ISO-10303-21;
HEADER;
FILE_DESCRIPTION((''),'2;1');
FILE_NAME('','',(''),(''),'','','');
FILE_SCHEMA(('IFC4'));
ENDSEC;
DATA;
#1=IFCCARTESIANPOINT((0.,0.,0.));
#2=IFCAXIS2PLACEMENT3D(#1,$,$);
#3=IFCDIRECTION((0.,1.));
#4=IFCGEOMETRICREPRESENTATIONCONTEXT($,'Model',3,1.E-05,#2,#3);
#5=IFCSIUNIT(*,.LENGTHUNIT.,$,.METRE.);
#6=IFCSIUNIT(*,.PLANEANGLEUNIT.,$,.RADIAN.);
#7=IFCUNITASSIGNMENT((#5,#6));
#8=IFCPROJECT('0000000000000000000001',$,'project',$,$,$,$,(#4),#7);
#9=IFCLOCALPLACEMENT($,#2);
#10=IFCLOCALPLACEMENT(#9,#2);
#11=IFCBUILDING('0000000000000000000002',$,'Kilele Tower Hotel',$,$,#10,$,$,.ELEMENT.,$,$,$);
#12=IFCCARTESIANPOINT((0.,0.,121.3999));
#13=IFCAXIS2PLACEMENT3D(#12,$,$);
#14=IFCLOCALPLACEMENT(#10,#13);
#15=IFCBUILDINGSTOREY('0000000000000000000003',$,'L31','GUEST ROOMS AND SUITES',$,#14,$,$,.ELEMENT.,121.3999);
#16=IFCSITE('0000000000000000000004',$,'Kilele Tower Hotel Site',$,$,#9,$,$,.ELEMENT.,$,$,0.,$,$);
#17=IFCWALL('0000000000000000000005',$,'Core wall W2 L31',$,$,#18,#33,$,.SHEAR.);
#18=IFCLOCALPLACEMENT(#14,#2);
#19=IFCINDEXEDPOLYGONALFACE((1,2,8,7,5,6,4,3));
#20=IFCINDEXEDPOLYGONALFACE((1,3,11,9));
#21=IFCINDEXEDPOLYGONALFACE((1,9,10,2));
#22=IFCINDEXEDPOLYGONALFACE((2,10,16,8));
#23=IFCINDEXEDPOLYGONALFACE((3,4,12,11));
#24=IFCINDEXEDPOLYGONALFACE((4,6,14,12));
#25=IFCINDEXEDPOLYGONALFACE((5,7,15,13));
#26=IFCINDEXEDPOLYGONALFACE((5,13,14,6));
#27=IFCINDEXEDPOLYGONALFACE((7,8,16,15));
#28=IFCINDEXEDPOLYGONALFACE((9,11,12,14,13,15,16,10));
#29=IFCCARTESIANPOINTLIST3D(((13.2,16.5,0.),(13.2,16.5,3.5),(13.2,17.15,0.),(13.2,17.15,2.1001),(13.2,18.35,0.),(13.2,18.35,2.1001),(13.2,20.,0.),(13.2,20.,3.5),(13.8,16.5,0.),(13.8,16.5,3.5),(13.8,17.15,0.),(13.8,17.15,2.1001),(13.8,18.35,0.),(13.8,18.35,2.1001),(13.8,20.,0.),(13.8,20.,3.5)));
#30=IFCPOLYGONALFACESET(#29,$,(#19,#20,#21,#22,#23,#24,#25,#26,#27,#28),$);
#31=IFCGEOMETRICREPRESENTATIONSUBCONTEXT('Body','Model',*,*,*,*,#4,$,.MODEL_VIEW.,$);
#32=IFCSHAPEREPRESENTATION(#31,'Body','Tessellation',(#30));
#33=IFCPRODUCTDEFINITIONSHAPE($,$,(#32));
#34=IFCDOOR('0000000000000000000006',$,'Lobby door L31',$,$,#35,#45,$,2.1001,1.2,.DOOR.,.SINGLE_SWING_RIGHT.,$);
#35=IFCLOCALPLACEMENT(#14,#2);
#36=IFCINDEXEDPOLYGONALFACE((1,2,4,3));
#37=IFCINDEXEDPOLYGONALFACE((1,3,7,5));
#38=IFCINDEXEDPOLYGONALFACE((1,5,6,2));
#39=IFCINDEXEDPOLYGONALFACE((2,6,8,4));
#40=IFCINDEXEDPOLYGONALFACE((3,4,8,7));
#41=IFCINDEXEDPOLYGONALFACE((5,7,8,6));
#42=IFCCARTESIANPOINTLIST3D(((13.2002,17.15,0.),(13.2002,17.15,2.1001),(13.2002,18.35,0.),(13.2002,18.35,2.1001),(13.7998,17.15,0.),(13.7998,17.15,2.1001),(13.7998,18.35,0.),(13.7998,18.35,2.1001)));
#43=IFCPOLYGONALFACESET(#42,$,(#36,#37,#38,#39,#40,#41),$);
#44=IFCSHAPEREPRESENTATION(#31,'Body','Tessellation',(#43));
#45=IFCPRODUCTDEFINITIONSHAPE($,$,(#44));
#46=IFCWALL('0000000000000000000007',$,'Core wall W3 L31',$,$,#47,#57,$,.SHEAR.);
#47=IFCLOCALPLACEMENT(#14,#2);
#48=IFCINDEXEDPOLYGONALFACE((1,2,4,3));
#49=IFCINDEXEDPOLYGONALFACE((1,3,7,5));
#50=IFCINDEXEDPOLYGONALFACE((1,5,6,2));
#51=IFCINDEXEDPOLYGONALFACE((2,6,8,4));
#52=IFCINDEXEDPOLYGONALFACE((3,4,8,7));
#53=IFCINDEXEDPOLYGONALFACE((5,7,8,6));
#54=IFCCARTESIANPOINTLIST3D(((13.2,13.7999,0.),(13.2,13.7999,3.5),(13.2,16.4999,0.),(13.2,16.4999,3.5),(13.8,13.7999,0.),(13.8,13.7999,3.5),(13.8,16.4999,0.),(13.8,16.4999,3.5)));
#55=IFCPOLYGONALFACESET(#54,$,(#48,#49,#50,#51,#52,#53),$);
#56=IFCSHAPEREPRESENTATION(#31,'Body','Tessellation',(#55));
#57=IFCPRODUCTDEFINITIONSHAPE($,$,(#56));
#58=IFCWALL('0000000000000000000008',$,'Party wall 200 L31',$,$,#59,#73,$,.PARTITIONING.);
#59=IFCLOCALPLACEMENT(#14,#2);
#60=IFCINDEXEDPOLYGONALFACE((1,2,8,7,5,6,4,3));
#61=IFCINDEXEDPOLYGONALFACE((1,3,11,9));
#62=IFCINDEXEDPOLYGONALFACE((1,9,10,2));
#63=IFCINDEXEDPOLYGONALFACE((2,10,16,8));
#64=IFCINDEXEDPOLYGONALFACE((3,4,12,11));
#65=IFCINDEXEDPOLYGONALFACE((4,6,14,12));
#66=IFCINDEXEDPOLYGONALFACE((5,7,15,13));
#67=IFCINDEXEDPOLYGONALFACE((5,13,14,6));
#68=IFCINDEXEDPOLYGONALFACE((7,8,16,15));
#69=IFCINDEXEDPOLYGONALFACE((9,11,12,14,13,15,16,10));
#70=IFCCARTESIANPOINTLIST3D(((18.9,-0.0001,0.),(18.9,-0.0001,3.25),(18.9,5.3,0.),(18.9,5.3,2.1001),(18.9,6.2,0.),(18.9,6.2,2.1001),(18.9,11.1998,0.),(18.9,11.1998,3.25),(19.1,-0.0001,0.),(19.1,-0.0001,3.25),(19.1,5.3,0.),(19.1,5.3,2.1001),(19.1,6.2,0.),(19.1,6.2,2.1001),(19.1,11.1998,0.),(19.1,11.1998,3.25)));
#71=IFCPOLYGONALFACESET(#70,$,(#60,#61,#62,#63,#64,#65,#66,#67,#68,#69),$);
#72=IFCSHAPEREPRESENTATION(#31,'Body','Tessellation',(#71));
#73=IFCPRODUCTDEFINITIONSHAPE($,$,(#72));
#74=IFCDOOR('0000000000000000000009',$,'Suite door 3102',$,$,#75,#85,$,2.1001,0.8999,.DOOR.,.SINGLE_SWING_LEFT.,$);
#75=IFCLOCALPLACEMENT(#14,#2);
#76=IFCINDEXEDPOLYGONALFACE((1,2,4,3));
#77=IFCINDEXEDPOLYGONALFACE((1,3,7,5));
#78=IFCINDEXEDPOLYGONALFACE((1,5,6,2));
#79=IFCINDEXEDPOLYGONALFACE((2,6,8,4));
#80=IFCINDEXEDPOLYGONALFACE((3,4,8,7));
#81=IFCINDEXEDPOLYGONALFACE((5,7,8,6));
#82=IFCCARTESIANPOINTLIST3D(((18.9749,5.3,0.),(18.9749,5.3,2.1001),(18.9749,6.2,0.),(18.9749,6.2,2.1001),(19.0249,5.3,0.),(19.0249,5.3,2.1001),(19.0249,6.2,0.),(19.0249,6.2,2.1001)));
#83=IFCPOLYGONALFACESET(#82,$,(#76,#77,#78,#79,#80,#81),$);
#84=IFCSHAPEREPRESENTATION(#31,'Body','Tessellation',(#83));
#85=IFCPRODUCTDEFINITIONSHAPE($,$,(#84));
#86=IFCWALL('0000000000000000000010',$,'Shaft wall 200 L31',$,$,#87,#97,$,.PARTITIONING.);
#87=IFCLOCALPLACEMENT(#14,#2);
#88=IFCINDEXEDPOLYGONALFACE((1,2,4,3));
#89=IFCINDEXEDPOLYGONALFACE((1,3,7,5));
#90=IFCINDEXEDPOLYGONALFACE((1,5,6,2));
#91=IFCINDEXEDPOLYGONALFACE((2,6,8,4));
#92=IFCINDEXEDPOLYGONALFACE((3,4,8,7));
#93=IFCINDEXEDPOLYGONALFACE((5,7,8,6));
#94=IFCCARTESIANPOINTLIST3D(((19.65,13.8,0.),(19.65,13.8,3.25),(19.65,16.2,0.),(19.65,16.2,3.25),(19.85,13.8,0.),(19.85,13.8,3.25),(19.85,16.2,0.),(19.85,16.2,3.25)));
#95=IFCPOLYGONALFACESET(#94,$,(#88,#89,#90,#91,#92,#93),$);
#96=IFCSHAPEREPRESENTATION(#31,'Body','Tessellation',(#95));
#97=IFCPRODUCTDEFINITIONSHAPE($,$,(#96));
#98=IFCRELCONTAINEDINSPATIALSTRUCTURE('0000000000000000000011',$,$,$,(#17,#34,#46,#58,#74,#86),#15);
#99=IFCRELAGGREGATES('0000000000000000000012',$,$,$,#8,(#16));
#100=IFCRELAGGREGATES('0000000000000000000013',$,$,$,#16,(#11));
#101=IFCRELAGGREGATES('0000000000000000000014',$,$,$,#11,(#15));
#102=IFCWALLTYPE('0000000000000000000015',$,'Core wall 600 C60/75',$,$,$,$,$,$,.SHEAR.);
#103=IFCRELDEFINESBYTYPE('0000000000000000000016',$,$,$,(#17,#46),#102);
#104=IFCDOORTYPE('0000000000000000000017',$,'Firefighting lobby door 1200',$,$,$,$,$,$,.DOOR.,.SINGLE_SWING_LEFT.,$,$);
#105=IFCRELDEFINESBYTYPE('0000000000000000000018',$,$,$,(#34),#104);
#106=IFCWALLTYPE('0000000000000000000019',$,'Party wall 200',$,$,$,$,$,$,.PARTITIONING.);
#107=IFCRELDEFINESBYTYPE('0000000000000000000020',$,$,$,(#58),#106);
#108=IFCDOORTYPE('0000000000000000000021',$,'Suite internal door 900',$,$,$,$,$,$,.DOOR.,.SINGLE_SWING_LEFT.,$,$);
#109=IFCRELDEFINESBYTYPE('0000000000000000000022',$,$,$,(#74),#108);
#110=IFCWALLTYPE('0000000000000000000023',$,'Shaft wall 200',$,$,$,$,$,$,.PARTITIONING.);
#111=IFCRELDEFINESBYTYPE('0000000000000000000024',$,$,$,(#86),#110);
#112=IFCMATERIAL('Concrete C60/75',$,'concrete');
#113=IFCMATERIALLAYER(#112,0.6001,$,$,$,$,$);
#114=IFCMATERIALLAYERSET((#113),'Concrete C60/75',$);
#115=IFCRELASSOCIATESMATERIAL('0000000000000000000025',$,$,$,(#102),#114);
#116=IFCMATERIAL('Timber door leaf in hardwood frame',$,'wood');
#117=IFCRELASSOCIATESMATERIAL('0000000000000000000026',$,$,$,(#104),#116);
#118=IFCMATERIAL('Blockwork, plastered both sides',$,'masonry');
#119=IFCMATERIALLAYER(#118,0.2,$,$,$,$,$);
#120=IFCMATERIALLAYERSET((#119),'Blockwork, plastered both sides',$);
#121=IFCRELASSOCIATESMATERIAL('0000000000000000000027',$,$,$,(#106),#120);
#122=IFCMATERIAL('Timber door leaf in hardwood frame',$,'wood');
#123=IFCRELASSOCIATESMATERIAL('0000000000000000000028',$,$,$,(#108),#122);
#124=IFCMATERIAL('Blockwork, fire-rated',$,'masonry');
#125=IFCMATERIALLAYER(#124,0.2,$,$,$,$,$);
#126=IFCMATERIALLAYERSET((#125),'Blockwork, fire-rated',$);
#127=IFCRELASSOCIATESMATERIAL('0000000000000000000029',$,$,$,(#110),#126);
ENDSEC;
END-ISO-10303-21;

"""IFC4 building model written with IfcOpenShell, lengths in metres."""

from ifc_helpers import new_model, si_unit, direction, frame, frame_2d, origin, place, context, subcontext, project, spatial, rectangle, extrude, material, layer, layer_set, type_object, element, fill, save


model = new_model("IFC4")

# Units and contexts
model_context = context("Model", 3, precision=1e-05, world=origin(), true_north=direction((0.0, 1.0)))
body_context = subcontext(model_context, "Body", "Model", "MODEL_VIEW")
ifc_project = project(units=[si_unit("LENGTHUNIT", "METRE"), si_unit("PLANEANGLEUNIT", "RADIAN")], contexts=[model_context])

# Site, building, storey
site_placement = place(None, origin())
site = spatial("IfcSite", under=ifc_project, at=site_placement, Name="Kilele Tower Hotel Site", CompositionType="ELEMENT", RefElevation=0.0)
building_placement = place(site_placement, origin())
building = spatial("IfcBuilding", under=site, at=building_placement, Name="Kilele Tower Hotel", CompositionType="ELEMENT")
storey_placement = place(building_placement, frame((0.0, 0.0, 121.3999)))
storey = spatial("IfcBuildingStorey", under=building, at=storey_placement, Name="L31", Description="GUEST ROOMS AND SUITES", CompositionType="ELEMENT", Elevation=121.3999)

# Shared definitions
ifc_material_1 = material(Name="Concrete C60/75", Category="concrete")
ifc_layer_1 = layer(ifc_material_1, 0.6001)
ifc_layer_set_1 = layer_set([ifc_layer_1], Name="Concrete C60/75")
wall_type_1 = type_object("IfcWallType", Name="Core wall 600 C60/75", PredefinedType="SHEAR", material=ifc_layer_set_1)
ifc_material_2 = material(Name="Timber door leaf in hardwood frame", Category="wood")
door_type_1 = type_object("IfcDoorType", Name="Firefighting lobby door 1200", OperationType="SINGLE_SWING_LEFT", PredefinedType="DOOR", material=ifc_material_2)

# Wall, opening, door
wall_1_placement = place(storey_placement, frame((13.5, 20.0, 0.0), z_axis=(0.0, 0.0, 1.0), x_axis=(0.0, -1.0, 0.0)))
wall_1 = element("IfcWall", 1, at=wall_1_placement, inside=storey, type_object=wall_type_1, Name="Core wall W2 L31", PredefinedType="SHEAR", context=body_context, shape_type="SweptSolid", body=[
    extrude(rectangle(XDim=3.5, YDim=0.6001, at=frame_2d((1.75, 0.0))), origin(), (0.0, 0.0, 1.0), 3.5),
])
opening_1_placement = place(wall_1_placement, frame((1.6499, 0.0, 0.0)))
opening_1 = element("IfcOpeningElement", 2, at=opening_1_placement, cuts=wall_1, PredefinedType="OPENING", context=body_context, shape_type="SweptSolid", body=[
    extrude(rectangle(XDim=1.2, YDim=2.1001, at=frame_2d((0.6001, 1.05))), frame((0.0, 0.3101, 0.0), z_axis=(0.0, -1.0, 0.0), x_axis=(1.0, 0.0, 0.0)), (0.0, 0.0, 1.0), 0.6201),
])
door_1_placement = place(opening_1_placement, origin())
door_1 = element("IfcDoor", 3, at=door_1_placement, inside=storey, type_object=door_type_1, Name="Lobby door L31", OperationType="SINGLE_SWING_RIGHT", OverallHeight=2.1001, OverallWidth=1.2, PredefinedType="DOOR", context=body_context, shape_type="SweptSolid", body=[
    extrude(rectangle(XDim=1.2, YDim=2.1001, at=frame_2d((0.6001, 1.05))), frame((0.0, 0.2998, 0.0), z_axis=(0.0, -1.0, 0.0), x_axis=(1.0, 0.0, 0.0)), (0.0, 0.0, 1.0), 0.5996),
])
fill(opening_1, door_1)

# Wall
wall_2_placement = place(storey_placement, frame((13.5, 16.5, 0.0), z_axis=(0.0, 0.0, 1.0), x_axis=(0.0, -1.0, 0.0)))
element("IfcWall", 4, at=wall_2_placement, inside=storey, type_object=wall_type_1, Name="Core wall W3 L31", PredefinedType="SHEAR", context=body_context, shape_type="SweptSolid", body=[
    extrude(rectangle(XDim=2.7, YDim=0.6001, at=frame_2d((1.3501, 0.0))), origin(), (0.0, 0.0, 1.0), 3.5),
])

# Wall, opening, door
ifc_material_3 = material(Name="Blockwork, plastered both sides", Category="masonry")
ifc_layer_2 = layer(ifc_material_3, 0.2)
ifc_layer_set_2 = layer_set([ifc_layer_2], Name="Blockwork, plastered both sides")
wall_type_2 = type_object("IfcWallType", Name="Party wall 200", PredefinedType="PARTITIONING", material=ifc_layer_set_2)
wall_3_placement = place(storey_placement, frame((19.0, 11.2, 0.0), z_axis=(0.0, 0.0, 1.0), x_axis=(0.0, -1.0, 0.0)))
wall_3 = element("IfcWall", 5, at=wall_3_placement, inside=storey, type_object=wall_type_2, Name="Party wall 200 L31", PredefinedType="PARTITIONING", context=body_context, shape_type="SweptSolid", body=[
    extrude(rectangle(XDim=11.2, YDim=0.2, at=frame_2d((5.6001, 0.0))), origin(), (0.0, 0.0, 1.0), 3.25),
])
opening_2_placement = place(wall_3_placement, frame((5.0, 0.0, 0.0)))
opening_2 = element("IfcOpeningElement", 6, at=opening_2_placement, cuts=wall_3, PredefinedType="OPENING", context=body_context, shape_type="SweptSolid", body=[
    extrude(rectangle(XDim=0.8999, YDim=2.1001, at=frame_2d((0.45, 1.05))), frame((0.0, 0.1099, 0.0), z_axis=(0.0, -1.0, 0.0), x_axis=(1.0, 0.0, 0.0)), (0.0, 0.0, 1.0), 0.22),
])
ifc_material_4 = material(Name="Timber door leaf in hardwood frame", Category="wood")
door_type_2 = type_object("IfcDoorType", Name="Suite internal door 900", OperationType="SINGLE_SWING_LEFT", PredefinedType="DOOR", material=ifc_material_4)
door_2_placement = place(opening_2_placement, origin())
door_2 = element("IfcDoor", 7, at=door_2_placement, inside=storey, type_object=door_type_2, Name="Suite door 3102", OperationType="SINGLE_SWING_LEFT", OverallHeight=2.1001, OverallWidth=0.8999, PredefinedType="DOOR", context=body_context, shape_type="SweptSolid", body=[
    extrude(rectangle(XDim=0.8999, YDim=2.1001, at=frame_2d((0.45, 1.05))), frame((0.0, 0.0249, 0.0), z_axis=(0.0, -1.0, 0.0), x_axis=(1.0, 0.0, 0.0)), (0.0, 0.0, 1.0), 0.05),
])
fill(opening_2, door_2)

# Wall
ifc_material_5 = material(Name="Blockwork, fire-rated", Category="masonry")
ifc_layer_3 = layer(ifc_material_5, 0.2)
ifc_layer_set_3 = layer_set([ifc_layer_3], Name="Blockwork, fire-rated")
wall_type_3 = type_object("IfcWallType", Name="Shaft wall 200", PredefinedType="PARTITIONING", material=ifc_layer_set_3)
wall_4_placement = place(storey_placement, frame((19.75, 13.8, 0.0), z_axis=(0.0, 0.0, 1.0), x_axis=(0.0, 1.0, 0.0)))
element("IfcWall", 8, at=wall_4_placement, inside=storey, type_object=wall_type_3, Name="Shaft wall 200 L31", PredefinedType="PARTITIONING", context=body_context, shape_type="SweptSolid", body=[
    extrude(rectangle(XDim=2.3999, YDim=0.2, at=frame_2d((1.2, 0.0))), origin(), (0.0, 0.0, 1.0), 3.25),
])

save(model, "model.ifc")
